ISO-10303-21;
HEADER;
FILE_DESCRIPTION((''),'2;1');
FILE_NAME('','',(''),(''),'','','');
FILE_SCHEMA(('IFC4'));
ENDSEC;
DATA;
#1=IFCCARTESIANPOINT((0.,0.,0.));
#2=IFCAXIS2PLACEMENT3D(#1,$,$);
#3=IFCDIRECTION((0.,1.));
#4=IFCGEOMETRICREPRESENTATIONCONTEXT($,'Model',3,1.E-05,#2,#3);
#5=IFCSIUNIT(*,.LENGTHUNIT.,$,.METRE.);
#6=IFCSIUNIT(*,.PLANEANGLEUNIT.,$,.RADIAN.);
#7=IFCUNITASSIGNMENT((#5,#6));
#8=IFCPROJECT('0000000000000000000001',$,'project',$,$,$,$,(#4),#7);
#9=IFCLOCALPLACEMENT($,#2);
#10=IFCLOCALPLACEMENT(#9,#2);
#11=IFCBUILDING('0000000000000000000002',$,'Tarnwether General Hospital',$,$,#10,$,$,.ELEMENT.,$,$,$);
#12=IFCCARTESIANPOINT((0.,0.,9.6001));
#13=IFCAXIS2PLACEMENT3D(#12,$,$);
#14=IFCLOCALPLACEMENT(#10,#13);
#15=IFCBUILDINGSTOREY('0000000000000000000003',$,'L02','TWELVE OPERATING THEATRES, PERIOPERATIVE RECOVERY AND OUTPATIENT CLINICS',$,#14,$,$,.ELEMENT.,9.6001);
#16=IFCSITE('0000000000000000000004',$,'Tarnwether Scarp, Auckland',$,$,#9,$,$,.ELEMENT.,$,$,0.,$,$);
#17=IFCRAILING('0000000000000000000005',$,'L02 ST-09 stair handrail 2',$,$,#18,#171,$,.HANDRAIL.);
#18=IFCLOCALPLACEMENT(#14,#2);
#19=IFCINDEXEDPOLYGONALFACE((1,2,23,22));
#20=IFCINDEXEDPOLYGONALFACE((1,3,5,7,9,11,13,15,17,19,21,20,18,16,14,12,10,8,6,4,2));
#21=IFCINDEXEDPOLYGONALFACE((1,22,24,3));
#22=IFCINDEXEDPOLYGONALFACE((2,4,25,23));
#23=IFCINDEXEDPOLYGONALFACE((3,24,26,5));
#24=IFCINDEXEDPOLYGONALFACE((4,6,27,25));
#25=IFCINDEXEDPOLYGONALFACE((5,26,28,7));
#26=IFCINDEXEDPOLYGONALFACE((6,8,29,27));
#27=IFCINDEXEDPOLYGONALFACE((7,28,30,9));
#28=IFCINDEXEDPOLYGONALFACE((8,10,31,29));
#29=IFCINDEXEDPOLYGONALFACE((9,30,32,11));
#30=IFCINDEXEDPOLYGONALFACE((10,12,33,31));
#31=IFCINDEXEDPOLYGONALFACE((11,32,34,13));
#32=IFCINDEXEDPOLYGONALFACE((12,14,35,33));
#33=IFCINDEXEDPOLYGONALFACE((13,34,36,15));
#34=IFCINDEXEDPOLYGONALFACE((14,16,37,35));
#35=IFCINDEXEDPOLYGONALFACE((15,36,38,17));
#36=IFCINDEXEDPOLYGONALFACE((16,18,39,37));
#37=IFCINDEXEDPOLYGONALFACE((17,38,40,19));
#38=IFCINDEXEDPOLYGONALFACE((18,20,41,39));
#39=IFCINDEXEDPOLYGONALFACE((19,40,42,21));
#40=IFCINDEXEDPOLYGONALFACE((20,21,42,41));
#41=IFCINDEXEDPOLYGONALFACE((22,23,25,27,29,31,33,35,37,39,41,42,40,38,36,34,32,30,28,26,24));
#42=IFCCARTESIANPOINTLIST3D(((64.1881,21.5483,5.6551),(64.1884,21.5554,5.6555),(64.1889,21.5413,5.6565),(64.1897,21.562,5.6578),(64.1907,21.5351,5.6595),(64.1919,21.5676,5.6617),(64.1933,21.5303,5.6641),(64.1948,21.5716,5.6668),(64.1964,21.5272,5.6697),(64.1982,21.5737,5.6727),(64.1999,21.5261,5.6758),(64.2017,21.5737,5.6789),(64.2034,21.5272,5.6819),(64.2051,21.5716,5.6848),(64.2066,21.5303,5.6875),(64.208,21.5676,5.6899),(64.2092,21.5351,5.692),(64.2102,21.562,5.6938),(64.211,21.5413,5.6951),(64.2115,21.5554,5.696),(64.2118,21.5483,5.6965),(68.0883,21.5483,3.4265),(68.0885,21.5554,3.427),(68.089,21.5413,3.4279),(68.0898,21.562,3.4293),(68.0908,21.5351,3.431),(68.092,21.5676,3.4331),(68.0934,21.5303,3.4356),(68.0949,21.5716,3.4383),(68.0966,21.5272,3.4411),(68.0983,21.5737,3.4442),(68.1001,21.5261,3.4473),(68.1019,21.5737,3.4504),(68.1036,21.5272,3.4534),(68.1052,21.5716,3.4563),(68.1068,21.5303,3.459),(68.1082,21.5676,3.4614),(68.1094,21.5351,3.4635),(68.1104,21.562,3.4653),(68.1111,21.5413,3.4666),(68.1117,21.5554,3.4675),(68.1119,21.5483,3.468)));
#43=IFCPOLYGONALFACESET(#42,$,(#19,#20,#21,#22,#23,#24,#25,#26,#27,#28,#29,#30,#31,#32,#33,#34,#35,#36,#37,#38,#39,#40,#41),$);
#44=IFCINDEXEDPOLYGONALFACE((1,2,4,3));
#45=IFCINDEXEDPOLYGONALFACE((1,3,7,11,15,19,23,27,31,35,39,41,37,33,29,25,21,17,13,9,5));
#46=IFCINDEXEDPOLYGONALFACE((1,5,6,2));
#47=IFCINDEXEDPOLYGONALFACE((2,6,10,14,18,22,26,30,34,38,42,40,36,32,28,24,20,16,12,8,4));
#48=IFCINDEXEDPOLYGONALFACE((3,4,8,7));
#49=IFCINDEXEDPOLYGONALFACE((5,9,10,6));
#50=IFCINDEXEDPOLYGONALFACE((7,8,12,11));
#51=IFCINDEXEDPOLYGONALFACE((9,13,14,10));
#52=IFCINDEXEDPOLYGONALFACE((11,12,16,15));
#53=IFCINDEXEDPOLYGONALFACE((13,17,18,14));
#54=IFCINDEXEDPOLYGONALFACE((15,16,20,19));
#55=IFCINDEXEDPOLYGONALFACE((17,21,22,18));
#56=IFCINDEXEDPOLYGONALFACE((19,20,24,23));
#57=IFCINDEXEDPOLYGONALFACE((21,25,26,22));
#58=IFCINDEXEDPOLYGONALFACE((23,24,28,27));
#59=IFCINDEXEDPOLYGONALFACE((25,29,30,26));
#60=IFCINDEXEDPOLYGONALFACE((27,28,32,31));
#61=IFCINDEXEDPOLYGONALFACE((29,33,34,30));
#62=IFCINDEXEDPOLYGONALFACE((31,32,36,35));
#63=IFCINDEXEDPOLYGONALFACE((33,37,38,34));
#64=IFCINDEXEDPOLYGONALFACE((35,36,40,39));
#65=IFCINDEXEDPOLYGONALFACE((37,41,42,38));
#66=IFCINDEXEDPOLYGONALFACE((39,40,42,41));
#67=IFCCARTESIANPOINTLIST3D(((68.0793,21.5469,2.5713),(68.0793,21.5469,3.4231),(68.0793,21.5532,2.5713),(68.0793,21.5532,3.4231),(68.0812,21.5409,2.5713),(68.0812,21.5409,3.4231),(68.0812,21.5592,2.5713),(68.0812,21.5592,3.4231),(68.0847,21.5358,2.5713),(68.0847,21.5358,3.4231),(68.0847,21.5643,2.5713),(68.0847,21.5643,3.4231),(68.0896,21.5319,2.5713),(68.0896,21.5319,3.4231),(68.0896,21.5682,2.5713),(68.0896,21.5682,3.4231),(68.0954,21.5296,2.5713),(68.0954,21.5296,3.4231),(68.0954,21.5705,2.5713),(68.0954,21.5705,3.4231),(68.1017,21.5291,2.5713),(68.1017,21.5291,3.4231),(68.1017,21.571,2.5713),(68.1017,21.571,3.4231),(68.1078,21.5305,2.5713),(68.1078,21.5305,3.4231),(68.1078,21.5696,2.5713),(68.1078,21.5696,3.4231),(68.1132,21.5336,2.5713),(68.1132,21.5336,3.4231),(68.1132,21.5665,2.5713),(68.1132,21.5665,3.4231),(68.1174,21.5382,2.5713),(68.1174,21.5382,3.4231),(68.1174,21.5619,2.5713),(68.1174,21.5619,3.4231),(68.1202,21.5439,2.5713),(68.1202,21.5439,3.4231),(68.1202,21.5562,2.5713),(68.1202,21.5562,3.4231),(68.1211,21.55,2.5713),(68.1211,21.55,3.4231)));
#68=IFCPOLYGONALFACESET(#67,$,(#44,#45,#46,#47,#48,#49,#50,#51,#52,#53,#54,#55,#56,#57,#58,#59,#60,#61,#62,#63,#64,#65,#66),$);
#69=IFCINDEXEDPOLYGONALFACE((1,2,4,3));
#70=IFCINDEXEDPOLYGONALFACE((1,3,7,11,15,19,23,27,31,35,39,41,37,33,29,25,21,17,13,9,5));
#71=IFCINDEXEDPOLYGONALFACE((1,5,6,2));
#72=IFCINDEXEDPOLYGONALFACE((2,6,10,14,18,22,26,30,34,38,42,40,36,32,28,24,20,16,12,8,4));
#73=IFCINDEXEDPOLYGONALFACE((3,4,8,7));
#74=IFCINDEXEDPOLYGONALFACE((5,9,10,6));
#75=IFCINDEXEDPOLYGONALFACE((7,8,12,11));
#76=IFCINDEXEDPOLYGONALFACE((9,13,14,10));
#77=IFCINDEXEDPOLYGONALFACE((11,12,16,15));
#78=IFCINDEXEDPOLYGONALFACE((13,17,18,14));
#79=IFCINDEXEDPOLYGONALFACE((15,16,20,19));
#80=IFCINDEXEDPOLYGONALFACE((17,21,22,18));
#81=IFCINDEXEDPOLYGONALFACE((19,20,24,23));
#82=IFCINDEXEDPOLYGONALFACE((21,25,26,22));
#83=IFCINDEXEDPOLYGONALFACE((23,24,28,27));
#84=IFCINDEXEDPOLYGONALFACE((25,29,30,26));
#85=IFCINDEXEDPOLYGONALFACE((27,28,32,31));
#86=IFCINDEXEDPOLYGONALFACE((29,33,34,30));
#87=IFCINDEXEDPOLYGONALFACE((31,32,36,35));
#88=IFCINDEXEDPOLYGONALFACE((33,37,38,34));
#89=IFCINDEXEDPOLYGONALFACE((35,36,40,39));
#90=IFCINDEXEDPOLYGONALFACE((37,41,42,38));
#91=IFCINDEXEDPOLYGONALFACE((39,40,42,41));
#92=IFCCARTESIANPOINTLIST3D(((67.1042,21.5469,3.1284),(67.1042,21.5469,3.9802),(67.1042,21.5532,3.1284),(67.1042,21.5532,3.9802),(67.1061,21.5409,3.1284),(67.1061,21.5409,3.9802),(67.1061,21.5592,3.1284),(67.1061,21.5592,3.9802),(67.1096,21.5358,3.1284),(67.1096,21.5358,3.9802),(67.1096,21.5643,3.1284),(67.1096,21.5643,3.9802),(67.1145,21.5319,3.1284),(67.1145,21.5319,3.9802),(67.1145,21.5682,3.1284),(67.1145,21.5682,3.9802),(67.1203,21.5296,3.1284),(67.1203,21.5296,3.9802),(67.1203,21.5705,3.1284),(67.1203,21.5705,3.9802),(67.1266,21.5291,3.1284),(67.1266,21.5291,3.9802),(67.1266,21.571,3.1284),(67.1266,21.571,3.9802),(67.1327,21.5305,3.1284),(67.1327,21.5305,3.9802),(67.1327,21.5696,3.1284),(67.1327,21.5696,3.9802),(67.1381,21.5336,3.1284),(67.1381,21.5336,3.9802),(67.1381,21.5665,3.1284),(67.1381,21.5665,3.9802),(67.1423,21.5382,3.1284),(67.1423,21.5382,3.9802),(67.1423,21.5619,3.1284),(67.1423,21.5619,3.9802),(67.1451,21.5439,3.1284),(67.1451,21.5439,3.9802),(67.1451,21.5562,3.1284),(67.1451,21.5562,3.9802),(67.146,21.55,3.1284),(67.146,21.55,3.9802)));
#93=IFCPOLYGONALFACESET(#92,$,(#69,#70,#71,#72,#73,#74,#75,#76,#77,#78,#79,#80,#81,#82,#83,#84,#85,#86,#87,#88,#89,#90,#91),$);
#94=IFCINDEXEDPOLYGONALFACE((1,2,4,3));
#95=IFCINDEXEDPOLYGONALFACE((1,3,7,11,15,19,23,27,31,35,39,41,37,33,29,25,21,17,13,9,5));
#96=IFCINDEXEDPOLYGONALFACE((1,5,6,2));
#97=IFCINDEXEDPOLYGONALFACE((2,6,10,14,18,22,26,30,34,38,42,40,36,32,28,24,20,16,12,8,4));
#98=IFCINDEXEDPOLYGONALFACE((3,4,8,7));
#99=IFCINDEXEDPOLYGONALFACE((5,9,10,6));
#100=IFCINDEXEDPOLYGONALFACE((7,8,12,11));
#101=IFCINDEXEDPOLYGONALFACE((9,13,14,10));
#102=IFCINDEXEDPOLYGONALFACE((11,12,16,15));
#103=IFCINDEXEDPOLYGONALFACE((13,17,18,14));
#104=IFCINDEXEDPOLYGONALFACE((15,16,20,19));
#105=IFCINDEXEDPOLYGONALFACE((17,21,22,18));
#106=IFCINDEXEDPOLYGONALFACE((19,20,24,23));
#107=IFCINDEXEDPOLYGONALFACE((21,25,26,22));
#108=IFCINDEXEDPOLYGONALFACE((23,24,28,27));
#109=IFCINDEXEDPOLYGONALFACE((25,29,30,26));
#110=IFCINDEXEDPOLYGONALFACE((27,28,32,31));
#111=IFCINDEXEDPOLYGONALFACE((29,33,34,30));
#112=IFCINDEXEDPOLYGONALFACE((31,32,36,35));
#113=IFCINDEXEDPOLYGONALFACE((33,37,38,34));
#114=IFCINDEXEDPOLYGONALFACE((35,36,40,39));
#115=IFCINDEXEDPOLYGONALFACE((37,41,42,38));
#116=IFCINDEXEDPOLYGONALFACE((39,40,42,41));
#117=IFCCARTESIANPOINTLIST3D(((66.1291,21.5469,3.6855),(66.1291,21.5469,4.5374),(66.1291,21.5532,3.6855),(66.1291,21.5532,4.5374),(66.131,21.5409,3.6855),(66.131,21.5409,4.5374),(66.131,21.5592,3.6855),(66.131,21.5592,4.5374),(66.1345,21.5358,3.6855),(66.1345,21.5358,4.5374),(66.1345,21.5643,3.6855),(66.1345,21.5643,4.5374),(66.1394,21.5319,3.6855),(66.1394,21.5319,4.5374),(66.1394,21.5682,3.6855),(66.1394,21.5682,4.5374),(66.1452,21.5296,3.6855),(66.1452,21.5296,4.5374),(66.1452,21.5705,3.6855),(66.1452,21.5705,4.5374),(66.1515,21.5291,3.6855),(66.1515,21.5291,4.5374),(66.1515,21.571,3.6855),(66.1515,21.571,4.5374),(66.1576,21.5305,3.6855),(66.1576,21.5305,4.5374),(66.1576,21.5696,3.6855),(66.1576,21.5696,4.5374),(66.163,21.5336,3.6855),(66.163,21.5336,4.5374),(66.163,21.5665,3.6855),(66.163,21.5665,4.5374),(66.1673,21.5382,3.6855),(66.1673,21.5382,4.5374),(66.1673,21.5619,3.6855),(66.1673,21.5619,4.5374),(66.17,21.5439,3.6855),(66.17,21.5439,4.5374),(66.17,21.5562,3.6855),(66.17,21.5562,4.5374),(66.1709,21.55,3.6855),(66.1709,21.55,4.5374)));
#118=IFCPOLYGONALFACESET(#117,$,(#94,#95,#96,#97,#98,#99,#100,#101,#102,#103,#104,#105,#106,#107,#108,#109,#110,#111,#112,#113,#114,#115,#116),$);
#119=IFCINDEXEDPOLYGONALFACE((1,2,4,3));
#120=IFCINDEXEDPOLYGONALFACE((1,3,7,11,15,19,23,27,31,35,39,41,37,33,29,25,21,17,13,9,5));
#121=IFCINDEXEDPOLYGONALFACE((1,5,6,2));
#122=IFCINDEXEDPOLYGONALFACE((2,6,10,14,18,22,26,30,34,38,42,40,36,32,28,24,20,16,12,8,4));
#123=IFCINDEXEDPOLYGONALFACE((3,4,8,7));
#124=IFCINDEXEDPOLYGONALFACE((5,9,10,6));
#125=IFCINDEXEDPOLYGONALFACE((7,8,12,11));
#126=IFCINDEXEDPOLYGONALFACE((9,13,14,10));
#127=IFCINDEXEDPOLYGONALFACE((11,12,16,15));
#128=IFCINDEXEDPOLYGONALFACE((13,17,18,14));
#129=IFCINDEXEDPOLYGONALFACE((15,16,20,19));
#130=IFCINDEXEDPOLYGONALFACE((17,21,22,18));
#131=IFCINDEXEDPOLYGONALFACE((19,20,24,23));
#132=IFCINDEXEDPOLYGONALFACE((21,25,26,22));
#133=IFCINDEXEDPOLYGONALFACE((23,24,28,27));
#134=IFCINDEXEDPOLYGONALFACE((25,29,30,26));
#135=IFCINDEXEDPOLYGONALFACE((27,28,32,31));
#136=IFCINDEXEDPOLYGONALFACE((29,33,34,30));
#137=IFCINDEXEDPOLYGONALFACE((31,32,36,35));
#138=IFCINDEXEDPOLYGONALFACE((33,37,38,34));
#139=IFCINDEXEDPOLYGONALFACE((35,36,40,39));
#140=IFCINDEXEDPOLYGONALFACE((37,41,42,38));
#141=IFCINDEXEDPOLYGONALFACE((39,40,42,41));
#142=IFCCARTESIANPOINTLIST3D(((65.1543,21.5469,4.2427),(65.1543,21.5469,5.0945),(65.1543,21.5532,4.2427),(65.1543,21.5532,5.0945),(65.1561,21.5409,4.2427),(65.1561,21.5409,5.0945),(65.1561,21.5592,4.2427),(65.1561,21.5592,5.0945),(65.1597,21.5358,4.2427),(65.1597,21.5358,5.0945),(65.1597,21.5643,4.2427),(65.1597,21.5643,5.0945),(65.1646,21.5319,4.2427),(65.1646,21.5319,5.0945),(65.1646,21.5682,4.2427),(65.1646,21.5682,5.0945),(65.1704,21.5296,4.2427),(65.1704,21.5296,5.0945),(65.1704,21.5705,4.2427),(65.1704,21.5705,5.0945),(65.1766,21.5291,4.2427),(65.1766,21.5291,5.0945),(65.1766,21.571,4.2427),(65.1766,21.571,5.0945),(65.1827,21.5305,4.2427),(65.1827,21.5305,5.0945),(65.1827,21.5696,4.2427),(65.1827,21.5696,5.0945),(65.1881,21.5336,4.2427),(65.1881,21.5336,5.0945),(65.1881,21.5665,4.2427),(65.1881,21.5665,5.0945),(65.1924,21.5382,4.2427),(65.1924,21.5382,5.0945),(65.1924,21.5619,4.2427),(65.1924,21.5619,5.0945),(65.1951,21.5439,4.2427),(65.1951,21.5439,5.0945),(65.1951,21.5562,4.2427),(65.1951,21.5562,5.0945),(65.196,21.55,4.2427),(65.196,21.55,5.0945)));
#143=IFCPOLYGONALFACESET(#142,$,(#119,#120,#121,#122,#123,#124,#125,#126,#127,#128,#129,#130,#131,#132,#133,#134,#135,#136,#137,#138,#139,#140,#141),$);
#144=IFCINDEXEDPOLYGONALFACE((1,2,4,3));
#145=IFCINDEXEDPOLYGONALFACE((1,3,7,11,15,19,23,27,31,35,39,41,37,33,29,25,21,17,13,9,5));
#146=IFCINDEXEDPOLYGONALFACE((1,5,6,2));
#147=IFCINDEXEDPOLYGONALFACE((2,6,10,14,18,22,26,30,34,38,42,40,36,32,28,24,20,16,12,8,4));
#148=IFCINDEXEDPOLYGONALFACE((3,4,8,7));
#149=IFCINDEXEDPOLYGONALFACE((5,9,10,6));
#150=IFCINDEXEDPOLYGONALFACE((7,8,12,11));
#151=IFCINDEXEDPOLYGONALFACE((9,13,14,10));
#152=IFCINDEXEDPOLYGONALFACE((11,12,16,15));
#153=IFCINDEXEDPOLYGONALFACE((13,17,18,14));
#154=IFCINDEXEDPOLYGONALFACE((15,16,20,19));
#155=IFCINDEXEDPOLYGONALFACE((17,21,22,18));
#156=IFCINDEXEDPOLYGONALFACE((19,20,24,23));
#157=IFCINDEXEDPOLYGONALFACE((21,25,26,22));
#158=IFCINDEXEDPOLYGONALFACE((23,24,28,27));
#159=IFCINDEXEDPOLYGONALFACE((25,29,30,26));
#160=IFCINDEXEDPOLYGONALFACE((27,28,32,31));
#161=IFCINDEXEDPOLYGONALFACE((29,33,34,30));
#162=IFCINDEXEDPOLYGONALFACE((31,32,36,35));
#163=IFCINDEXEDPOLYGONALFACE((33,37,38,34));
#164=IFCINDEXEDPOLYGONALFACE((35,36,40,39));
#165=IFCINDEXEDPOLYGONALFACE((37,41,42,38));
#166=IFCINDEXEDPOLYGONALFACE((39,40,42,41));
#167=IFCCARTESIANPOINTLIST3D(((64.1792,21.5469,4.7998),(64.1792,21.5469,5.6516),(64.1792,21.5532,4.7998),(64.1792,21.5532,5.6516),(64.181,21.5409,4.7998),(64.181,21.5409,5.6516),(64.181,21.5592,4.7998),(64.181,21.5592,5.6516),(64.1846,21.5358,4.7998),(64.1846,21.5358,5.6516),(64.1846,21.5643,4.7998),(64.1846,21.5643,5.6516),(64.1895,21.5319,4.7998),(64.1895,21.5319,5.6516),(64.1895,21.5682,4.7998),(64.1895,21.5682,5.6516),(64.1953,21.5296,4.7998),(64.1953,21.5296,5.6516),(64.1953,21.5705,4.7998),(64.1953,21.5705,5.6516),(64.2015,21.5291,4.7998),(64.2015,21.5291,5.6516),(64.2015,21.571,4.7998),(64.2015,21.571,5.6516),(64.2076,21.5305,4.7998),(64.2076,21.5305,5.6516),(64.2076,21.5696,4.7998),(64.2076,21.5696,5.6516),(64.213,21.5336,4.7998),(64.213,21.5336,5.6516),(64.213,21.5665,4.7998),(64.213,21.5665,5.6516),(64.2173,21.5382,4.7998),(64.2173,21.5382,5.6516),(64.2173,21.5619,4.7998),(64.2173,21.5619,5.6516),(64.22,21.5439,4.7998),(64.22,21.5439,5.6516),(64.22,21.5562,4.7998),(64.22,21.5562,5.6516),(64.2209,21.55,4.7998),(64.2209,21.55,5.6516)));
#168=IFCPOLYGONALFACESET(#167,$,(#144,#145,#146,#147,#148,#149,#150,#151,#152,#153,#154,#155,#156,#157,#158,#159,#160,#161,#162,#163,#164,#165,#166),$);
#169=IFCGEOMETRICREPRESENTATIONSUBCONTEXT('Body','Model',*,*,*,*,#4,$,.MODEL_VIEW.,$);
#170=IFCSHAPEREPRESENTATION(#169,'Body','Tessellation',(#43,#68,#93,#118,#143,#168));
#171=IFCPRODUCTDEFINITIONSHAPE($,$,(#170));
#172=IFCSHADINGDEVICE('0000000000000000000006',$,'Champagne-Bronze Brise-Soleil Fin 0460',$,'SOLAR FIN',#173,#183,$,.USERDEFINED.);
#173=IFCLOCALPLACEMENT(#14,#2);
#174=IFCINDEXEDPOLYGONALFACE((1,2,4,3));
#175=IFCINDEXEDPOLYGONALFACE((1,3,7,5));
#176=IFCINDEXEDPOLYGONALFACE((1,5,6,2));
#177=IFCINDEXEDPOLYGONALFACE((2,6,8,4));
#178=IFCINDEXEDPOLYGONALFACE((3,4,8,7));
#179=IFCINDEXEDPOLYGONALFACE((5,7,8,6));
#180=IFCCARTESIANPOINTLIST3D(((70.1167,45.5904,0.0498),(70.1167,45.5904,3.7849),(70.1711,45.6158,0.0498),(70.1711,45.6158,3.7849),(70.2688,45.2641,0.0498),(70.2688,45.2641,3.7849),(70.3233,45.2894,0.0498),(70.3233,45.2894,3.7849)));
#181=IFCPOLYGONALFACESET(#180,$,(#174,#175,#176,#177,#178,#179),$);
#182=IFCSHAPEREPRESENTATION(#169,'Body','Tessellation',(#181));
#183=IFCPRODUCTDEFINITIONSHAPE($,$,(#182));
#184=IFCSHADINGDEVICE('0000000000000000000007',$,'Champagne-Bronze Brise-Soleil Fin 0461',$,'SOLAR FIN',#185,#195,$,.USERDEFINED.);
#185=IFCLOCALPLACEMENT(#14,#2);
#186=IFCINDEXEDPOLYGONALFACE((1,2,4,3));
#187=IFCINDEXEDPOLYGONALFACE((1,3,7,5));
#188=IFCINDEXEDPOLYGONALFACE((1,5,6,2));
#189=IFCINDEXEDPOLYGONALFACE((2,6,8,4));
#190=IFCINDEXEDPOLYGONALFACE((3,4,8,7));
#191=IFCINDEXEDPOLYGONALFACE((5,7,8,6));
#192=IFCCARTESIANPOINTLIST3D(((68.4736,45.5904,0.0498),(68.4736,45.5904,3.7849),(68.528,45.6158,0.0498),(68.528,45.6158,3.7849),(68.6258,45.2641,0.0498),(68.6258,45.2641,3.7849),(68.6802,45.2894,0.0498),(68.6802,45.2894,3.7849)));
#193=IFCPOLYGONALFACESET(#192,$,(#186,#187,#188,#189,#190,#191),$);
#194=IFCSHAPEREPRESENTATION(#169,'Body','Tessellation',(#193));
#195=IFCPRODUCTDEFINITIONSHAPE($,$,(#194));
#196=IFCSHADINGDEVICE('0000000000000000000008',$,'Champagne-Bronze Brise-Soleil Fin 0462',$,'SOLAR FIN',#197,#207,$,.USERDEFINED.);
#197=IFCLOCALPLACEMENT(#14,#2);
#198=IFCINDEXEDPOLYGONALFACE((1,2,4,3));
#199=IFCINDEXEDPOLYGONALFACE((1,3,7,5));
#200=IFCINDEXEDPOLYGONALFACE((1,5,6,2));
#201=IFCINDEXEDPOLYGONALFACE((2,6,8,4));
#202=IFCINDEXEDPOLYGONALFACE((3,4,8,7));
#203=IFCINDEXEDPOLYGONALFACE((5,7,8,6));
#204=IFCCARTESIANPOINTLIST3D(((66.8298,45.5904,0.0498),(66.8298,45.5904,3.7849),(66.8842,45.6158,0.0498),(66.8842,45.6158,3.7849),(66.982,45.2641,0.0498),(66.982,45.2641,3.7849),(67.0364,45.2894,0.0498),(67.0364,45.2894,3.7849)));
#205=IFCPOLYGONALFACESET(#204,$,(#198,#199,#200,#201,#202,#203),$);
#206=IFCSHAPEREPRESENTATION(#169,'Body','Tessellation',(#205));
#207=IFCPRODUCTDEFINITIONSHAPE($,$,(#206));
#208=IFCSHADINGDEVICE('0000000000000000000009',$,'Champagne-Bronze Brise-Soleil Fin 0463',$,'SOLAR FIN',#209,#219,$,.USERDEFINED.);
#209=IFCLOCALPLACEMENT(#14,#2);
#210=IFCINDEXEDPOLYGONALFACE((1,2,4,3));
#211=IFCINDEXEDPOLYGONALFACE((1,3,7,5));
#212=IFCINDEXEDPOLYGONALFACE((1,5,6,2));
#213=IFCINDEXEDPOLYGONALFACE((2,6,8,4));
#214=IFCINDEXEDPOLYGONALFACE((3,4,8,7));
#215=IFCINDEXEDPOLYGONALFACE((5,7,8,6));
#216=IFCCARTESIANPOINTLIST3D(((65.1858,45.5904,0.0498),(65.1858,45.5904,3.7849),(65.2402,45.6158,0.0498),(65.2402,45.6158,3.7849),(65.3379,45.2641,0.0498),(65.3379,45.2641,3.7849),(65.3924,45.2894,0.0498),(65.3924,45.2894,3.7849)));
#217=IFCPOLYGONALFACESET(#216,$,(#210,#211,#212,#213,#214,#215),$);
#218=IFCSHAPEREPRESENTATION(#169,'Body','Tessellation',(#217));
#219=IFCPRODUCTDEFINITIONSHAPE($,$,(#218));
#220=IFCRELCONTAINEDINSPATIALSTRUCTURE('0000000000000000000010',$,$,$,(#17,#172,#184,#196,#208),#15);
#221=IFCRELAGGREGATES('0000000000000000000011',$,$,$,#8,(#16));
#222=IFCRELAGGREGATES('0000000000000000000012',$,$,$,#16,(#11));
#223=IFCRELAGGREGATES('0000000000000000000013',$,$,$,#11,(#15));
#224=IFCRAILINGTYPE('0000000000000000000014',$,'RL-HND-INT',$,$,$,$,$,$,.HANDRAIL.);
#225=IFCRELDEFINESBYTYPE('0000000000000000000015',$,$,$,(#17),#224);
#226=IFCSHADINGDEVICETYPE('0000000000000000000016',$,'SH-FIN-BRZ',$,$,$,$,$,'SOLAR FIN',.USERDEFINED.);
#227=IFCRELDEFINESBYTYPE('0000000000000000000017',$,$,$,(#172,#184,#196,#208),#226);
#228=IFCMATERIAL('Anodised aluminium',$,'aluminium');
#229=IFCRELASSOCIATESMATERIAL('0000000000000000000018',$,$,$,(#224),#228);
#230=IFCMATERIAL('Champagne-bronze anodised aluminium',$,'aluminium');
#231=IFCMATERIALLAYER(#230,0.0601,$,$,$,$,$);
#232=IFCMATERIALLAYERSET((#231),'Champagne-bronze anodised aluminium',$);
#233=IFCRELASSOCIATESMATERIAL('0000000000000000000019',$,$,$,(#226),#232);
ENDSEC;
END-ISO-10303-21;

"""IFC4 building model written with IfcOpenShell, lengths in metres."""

from ifc_helpers import new_model, si_unit, direction, frame, origin, origin_2d, place, context, subcontext, project, spatial, rectangle, circle, extrude, material, layer, layer_set, type_object, element, save


model = new_model("IFC4")

# Units and contexts
model_context = context("Model", 3, precision=1e-05, world=origin(), true_north=direction((0.0, 1.0)))
body_context = subcontext(model_context, "Body", "Model", "MODEL_VIEW")
ifc_project = project(units=[si_unit("LENGTHUNIT", "METRE"), si_unit("PLANEANGLEUNIT", "RADIAN")], contexts=[model_context])

# Site, building, storey
site_placement = place(None, origin())
site = spatial("IfcSite", under=ifc_project, at=site_placement, Name="Tarnwether Scarp, Auckland", CompositionType="ELEMENT", RefElevation=0.0)
building_placement = place(site_placement, origin())
building = spatial("IfcBuilding", under=site, at=building_placement, Name="Tarnwether General Hospital", CompositionType="ELEMENT")
storey_placement = place(building_placement, frame((0.0, 0.0, 9.6001)))
storey = spatial("IfcBuildingStorey", under=building, at=storey_placement, Name="L02", Description="TWELVE OPERATING THEATRES, PERIOPERATIVE RECOVERY AND OUTPATIENT CLINICS", CompositionType="ELEMENT", Elevation=9.6001)

# Railing
ifc_material_1 = material(Name="Anodised aluminium", Category="aluminium")
railing_type_1 = type_object("IfcRailingType", Name="RL-HND-INT", PredefinedType="HANDRAIL", material=ifc_material_1)
railing_1_placement = place(storey_placement, frame((68.1001, 21.55, 2.5713)))
element("IfcRailing", 1, at=railing_1_placement, inside=storey, type_object=railing_type_1, Name="L02 ST-09 stair handrail 2", PredefinedType="HANDRAIL", context=body_context, shape_type="SweptSolid", body=[
    extrude(circle(Radius=0.0239, at=origin_2d()), frame((0.0, 0.0, 0.876), z_axis=(-0.868257, 0.0, 0.496116), x_axis=(0.0, -1.0, 0.0)), (0.0, 0.0, 1.0), 4.4919),
    extrude(circle(Radius=0.021, at=origin_2d()), origin(), (0.0, 0.0, 1.0), 0.8518),
    extrude(circle(Radius=0.021, at=origin_2d()), frame((-0.9751, 0.0, 0.5571)), (0.0, 0.0, 1.0), 0.8518),
    extrude(circle(Radius=0.021, at=origin_2d()), frame((-1.9502, 0.0, 1.1143)), (0.0, 0.0, 1.0), 0.8518),
    extrude(circle(Radius=0.021, at=origin_2d()), frame((-2.925, 0.0, 1.6714)), (0.0, 0.0, 1.0), 0.8518),
    extrude(circle(Radius=0.021, at=origin_2d()), frame((-3.9001, 0.0, 2.2285)), (0.0, 0.0, 1.0), 0.8518),
])

# Shading devices
ifc_material_2 = material(Name="Champagne-bronze anodised aluminium", Category="aluminium")
ifc_layer_1 = layer(ifc_material_2, 0.0601)
ifc_layer_set_1 = layer_set([ifc_layer_1], Name="Champagne-bronze anodised aluminium")
shading_device_type = type_object("IfcShadingDeviceType", Name="SH-FIN-BRZ", ElementType="SOLAR FIN", PredefinedType="USERDEFINED", material=ifc_layer_set_1)
for number, where, z_axis, x_axis, name in (
    (2, (70.22, 45.4399, 0.0498), (0.0, 0.0, 1.0), (-0.906308, -0.422618, 0.0), "Champagne-Bronze Brise-Soleil Fin 0460"),
    (3, (68.5769, 45.4399, 0.0498), (0.0, 0.0, 1.0), (-0.906308, -0.422618, 0.0), "Champagne-Bronze Brise-Soleil Fin 0461"),
    (4, (66.9331, 45.4399, 0.0498), (0.0, 0.0, 1.0), (-0.906308, -0.422618, 0.0), "Champagne-Bronze Brise-Soleil Fin 0462"),
    (5, (65.2891, 45.4399, 0.0498), (0.0, 0.0, 1.0), (-0.906308, -0.422618, 0.0), "Champagne-Bronze Brise-Soleil Fin 0463"),
):
    element("IfcShadingDevice", number, at=place(storey_placement, frame(where, z_axis=z_axis, x_axis=x_axis)), inside=storey, type_object=shading_device_type, Name=name, ObjectType="SOLAR FIN", PredefinedType="USERDEFINED", context=body_context, shape_type="SweptSolid", body=[
        extrude(rectangle(XDim=0.0601, YDim=0.3601, at=origin_2d()), origin(), (0.0, 0.0, 1.0), 3.7351),
    ])

save(model, "model.ifc")
